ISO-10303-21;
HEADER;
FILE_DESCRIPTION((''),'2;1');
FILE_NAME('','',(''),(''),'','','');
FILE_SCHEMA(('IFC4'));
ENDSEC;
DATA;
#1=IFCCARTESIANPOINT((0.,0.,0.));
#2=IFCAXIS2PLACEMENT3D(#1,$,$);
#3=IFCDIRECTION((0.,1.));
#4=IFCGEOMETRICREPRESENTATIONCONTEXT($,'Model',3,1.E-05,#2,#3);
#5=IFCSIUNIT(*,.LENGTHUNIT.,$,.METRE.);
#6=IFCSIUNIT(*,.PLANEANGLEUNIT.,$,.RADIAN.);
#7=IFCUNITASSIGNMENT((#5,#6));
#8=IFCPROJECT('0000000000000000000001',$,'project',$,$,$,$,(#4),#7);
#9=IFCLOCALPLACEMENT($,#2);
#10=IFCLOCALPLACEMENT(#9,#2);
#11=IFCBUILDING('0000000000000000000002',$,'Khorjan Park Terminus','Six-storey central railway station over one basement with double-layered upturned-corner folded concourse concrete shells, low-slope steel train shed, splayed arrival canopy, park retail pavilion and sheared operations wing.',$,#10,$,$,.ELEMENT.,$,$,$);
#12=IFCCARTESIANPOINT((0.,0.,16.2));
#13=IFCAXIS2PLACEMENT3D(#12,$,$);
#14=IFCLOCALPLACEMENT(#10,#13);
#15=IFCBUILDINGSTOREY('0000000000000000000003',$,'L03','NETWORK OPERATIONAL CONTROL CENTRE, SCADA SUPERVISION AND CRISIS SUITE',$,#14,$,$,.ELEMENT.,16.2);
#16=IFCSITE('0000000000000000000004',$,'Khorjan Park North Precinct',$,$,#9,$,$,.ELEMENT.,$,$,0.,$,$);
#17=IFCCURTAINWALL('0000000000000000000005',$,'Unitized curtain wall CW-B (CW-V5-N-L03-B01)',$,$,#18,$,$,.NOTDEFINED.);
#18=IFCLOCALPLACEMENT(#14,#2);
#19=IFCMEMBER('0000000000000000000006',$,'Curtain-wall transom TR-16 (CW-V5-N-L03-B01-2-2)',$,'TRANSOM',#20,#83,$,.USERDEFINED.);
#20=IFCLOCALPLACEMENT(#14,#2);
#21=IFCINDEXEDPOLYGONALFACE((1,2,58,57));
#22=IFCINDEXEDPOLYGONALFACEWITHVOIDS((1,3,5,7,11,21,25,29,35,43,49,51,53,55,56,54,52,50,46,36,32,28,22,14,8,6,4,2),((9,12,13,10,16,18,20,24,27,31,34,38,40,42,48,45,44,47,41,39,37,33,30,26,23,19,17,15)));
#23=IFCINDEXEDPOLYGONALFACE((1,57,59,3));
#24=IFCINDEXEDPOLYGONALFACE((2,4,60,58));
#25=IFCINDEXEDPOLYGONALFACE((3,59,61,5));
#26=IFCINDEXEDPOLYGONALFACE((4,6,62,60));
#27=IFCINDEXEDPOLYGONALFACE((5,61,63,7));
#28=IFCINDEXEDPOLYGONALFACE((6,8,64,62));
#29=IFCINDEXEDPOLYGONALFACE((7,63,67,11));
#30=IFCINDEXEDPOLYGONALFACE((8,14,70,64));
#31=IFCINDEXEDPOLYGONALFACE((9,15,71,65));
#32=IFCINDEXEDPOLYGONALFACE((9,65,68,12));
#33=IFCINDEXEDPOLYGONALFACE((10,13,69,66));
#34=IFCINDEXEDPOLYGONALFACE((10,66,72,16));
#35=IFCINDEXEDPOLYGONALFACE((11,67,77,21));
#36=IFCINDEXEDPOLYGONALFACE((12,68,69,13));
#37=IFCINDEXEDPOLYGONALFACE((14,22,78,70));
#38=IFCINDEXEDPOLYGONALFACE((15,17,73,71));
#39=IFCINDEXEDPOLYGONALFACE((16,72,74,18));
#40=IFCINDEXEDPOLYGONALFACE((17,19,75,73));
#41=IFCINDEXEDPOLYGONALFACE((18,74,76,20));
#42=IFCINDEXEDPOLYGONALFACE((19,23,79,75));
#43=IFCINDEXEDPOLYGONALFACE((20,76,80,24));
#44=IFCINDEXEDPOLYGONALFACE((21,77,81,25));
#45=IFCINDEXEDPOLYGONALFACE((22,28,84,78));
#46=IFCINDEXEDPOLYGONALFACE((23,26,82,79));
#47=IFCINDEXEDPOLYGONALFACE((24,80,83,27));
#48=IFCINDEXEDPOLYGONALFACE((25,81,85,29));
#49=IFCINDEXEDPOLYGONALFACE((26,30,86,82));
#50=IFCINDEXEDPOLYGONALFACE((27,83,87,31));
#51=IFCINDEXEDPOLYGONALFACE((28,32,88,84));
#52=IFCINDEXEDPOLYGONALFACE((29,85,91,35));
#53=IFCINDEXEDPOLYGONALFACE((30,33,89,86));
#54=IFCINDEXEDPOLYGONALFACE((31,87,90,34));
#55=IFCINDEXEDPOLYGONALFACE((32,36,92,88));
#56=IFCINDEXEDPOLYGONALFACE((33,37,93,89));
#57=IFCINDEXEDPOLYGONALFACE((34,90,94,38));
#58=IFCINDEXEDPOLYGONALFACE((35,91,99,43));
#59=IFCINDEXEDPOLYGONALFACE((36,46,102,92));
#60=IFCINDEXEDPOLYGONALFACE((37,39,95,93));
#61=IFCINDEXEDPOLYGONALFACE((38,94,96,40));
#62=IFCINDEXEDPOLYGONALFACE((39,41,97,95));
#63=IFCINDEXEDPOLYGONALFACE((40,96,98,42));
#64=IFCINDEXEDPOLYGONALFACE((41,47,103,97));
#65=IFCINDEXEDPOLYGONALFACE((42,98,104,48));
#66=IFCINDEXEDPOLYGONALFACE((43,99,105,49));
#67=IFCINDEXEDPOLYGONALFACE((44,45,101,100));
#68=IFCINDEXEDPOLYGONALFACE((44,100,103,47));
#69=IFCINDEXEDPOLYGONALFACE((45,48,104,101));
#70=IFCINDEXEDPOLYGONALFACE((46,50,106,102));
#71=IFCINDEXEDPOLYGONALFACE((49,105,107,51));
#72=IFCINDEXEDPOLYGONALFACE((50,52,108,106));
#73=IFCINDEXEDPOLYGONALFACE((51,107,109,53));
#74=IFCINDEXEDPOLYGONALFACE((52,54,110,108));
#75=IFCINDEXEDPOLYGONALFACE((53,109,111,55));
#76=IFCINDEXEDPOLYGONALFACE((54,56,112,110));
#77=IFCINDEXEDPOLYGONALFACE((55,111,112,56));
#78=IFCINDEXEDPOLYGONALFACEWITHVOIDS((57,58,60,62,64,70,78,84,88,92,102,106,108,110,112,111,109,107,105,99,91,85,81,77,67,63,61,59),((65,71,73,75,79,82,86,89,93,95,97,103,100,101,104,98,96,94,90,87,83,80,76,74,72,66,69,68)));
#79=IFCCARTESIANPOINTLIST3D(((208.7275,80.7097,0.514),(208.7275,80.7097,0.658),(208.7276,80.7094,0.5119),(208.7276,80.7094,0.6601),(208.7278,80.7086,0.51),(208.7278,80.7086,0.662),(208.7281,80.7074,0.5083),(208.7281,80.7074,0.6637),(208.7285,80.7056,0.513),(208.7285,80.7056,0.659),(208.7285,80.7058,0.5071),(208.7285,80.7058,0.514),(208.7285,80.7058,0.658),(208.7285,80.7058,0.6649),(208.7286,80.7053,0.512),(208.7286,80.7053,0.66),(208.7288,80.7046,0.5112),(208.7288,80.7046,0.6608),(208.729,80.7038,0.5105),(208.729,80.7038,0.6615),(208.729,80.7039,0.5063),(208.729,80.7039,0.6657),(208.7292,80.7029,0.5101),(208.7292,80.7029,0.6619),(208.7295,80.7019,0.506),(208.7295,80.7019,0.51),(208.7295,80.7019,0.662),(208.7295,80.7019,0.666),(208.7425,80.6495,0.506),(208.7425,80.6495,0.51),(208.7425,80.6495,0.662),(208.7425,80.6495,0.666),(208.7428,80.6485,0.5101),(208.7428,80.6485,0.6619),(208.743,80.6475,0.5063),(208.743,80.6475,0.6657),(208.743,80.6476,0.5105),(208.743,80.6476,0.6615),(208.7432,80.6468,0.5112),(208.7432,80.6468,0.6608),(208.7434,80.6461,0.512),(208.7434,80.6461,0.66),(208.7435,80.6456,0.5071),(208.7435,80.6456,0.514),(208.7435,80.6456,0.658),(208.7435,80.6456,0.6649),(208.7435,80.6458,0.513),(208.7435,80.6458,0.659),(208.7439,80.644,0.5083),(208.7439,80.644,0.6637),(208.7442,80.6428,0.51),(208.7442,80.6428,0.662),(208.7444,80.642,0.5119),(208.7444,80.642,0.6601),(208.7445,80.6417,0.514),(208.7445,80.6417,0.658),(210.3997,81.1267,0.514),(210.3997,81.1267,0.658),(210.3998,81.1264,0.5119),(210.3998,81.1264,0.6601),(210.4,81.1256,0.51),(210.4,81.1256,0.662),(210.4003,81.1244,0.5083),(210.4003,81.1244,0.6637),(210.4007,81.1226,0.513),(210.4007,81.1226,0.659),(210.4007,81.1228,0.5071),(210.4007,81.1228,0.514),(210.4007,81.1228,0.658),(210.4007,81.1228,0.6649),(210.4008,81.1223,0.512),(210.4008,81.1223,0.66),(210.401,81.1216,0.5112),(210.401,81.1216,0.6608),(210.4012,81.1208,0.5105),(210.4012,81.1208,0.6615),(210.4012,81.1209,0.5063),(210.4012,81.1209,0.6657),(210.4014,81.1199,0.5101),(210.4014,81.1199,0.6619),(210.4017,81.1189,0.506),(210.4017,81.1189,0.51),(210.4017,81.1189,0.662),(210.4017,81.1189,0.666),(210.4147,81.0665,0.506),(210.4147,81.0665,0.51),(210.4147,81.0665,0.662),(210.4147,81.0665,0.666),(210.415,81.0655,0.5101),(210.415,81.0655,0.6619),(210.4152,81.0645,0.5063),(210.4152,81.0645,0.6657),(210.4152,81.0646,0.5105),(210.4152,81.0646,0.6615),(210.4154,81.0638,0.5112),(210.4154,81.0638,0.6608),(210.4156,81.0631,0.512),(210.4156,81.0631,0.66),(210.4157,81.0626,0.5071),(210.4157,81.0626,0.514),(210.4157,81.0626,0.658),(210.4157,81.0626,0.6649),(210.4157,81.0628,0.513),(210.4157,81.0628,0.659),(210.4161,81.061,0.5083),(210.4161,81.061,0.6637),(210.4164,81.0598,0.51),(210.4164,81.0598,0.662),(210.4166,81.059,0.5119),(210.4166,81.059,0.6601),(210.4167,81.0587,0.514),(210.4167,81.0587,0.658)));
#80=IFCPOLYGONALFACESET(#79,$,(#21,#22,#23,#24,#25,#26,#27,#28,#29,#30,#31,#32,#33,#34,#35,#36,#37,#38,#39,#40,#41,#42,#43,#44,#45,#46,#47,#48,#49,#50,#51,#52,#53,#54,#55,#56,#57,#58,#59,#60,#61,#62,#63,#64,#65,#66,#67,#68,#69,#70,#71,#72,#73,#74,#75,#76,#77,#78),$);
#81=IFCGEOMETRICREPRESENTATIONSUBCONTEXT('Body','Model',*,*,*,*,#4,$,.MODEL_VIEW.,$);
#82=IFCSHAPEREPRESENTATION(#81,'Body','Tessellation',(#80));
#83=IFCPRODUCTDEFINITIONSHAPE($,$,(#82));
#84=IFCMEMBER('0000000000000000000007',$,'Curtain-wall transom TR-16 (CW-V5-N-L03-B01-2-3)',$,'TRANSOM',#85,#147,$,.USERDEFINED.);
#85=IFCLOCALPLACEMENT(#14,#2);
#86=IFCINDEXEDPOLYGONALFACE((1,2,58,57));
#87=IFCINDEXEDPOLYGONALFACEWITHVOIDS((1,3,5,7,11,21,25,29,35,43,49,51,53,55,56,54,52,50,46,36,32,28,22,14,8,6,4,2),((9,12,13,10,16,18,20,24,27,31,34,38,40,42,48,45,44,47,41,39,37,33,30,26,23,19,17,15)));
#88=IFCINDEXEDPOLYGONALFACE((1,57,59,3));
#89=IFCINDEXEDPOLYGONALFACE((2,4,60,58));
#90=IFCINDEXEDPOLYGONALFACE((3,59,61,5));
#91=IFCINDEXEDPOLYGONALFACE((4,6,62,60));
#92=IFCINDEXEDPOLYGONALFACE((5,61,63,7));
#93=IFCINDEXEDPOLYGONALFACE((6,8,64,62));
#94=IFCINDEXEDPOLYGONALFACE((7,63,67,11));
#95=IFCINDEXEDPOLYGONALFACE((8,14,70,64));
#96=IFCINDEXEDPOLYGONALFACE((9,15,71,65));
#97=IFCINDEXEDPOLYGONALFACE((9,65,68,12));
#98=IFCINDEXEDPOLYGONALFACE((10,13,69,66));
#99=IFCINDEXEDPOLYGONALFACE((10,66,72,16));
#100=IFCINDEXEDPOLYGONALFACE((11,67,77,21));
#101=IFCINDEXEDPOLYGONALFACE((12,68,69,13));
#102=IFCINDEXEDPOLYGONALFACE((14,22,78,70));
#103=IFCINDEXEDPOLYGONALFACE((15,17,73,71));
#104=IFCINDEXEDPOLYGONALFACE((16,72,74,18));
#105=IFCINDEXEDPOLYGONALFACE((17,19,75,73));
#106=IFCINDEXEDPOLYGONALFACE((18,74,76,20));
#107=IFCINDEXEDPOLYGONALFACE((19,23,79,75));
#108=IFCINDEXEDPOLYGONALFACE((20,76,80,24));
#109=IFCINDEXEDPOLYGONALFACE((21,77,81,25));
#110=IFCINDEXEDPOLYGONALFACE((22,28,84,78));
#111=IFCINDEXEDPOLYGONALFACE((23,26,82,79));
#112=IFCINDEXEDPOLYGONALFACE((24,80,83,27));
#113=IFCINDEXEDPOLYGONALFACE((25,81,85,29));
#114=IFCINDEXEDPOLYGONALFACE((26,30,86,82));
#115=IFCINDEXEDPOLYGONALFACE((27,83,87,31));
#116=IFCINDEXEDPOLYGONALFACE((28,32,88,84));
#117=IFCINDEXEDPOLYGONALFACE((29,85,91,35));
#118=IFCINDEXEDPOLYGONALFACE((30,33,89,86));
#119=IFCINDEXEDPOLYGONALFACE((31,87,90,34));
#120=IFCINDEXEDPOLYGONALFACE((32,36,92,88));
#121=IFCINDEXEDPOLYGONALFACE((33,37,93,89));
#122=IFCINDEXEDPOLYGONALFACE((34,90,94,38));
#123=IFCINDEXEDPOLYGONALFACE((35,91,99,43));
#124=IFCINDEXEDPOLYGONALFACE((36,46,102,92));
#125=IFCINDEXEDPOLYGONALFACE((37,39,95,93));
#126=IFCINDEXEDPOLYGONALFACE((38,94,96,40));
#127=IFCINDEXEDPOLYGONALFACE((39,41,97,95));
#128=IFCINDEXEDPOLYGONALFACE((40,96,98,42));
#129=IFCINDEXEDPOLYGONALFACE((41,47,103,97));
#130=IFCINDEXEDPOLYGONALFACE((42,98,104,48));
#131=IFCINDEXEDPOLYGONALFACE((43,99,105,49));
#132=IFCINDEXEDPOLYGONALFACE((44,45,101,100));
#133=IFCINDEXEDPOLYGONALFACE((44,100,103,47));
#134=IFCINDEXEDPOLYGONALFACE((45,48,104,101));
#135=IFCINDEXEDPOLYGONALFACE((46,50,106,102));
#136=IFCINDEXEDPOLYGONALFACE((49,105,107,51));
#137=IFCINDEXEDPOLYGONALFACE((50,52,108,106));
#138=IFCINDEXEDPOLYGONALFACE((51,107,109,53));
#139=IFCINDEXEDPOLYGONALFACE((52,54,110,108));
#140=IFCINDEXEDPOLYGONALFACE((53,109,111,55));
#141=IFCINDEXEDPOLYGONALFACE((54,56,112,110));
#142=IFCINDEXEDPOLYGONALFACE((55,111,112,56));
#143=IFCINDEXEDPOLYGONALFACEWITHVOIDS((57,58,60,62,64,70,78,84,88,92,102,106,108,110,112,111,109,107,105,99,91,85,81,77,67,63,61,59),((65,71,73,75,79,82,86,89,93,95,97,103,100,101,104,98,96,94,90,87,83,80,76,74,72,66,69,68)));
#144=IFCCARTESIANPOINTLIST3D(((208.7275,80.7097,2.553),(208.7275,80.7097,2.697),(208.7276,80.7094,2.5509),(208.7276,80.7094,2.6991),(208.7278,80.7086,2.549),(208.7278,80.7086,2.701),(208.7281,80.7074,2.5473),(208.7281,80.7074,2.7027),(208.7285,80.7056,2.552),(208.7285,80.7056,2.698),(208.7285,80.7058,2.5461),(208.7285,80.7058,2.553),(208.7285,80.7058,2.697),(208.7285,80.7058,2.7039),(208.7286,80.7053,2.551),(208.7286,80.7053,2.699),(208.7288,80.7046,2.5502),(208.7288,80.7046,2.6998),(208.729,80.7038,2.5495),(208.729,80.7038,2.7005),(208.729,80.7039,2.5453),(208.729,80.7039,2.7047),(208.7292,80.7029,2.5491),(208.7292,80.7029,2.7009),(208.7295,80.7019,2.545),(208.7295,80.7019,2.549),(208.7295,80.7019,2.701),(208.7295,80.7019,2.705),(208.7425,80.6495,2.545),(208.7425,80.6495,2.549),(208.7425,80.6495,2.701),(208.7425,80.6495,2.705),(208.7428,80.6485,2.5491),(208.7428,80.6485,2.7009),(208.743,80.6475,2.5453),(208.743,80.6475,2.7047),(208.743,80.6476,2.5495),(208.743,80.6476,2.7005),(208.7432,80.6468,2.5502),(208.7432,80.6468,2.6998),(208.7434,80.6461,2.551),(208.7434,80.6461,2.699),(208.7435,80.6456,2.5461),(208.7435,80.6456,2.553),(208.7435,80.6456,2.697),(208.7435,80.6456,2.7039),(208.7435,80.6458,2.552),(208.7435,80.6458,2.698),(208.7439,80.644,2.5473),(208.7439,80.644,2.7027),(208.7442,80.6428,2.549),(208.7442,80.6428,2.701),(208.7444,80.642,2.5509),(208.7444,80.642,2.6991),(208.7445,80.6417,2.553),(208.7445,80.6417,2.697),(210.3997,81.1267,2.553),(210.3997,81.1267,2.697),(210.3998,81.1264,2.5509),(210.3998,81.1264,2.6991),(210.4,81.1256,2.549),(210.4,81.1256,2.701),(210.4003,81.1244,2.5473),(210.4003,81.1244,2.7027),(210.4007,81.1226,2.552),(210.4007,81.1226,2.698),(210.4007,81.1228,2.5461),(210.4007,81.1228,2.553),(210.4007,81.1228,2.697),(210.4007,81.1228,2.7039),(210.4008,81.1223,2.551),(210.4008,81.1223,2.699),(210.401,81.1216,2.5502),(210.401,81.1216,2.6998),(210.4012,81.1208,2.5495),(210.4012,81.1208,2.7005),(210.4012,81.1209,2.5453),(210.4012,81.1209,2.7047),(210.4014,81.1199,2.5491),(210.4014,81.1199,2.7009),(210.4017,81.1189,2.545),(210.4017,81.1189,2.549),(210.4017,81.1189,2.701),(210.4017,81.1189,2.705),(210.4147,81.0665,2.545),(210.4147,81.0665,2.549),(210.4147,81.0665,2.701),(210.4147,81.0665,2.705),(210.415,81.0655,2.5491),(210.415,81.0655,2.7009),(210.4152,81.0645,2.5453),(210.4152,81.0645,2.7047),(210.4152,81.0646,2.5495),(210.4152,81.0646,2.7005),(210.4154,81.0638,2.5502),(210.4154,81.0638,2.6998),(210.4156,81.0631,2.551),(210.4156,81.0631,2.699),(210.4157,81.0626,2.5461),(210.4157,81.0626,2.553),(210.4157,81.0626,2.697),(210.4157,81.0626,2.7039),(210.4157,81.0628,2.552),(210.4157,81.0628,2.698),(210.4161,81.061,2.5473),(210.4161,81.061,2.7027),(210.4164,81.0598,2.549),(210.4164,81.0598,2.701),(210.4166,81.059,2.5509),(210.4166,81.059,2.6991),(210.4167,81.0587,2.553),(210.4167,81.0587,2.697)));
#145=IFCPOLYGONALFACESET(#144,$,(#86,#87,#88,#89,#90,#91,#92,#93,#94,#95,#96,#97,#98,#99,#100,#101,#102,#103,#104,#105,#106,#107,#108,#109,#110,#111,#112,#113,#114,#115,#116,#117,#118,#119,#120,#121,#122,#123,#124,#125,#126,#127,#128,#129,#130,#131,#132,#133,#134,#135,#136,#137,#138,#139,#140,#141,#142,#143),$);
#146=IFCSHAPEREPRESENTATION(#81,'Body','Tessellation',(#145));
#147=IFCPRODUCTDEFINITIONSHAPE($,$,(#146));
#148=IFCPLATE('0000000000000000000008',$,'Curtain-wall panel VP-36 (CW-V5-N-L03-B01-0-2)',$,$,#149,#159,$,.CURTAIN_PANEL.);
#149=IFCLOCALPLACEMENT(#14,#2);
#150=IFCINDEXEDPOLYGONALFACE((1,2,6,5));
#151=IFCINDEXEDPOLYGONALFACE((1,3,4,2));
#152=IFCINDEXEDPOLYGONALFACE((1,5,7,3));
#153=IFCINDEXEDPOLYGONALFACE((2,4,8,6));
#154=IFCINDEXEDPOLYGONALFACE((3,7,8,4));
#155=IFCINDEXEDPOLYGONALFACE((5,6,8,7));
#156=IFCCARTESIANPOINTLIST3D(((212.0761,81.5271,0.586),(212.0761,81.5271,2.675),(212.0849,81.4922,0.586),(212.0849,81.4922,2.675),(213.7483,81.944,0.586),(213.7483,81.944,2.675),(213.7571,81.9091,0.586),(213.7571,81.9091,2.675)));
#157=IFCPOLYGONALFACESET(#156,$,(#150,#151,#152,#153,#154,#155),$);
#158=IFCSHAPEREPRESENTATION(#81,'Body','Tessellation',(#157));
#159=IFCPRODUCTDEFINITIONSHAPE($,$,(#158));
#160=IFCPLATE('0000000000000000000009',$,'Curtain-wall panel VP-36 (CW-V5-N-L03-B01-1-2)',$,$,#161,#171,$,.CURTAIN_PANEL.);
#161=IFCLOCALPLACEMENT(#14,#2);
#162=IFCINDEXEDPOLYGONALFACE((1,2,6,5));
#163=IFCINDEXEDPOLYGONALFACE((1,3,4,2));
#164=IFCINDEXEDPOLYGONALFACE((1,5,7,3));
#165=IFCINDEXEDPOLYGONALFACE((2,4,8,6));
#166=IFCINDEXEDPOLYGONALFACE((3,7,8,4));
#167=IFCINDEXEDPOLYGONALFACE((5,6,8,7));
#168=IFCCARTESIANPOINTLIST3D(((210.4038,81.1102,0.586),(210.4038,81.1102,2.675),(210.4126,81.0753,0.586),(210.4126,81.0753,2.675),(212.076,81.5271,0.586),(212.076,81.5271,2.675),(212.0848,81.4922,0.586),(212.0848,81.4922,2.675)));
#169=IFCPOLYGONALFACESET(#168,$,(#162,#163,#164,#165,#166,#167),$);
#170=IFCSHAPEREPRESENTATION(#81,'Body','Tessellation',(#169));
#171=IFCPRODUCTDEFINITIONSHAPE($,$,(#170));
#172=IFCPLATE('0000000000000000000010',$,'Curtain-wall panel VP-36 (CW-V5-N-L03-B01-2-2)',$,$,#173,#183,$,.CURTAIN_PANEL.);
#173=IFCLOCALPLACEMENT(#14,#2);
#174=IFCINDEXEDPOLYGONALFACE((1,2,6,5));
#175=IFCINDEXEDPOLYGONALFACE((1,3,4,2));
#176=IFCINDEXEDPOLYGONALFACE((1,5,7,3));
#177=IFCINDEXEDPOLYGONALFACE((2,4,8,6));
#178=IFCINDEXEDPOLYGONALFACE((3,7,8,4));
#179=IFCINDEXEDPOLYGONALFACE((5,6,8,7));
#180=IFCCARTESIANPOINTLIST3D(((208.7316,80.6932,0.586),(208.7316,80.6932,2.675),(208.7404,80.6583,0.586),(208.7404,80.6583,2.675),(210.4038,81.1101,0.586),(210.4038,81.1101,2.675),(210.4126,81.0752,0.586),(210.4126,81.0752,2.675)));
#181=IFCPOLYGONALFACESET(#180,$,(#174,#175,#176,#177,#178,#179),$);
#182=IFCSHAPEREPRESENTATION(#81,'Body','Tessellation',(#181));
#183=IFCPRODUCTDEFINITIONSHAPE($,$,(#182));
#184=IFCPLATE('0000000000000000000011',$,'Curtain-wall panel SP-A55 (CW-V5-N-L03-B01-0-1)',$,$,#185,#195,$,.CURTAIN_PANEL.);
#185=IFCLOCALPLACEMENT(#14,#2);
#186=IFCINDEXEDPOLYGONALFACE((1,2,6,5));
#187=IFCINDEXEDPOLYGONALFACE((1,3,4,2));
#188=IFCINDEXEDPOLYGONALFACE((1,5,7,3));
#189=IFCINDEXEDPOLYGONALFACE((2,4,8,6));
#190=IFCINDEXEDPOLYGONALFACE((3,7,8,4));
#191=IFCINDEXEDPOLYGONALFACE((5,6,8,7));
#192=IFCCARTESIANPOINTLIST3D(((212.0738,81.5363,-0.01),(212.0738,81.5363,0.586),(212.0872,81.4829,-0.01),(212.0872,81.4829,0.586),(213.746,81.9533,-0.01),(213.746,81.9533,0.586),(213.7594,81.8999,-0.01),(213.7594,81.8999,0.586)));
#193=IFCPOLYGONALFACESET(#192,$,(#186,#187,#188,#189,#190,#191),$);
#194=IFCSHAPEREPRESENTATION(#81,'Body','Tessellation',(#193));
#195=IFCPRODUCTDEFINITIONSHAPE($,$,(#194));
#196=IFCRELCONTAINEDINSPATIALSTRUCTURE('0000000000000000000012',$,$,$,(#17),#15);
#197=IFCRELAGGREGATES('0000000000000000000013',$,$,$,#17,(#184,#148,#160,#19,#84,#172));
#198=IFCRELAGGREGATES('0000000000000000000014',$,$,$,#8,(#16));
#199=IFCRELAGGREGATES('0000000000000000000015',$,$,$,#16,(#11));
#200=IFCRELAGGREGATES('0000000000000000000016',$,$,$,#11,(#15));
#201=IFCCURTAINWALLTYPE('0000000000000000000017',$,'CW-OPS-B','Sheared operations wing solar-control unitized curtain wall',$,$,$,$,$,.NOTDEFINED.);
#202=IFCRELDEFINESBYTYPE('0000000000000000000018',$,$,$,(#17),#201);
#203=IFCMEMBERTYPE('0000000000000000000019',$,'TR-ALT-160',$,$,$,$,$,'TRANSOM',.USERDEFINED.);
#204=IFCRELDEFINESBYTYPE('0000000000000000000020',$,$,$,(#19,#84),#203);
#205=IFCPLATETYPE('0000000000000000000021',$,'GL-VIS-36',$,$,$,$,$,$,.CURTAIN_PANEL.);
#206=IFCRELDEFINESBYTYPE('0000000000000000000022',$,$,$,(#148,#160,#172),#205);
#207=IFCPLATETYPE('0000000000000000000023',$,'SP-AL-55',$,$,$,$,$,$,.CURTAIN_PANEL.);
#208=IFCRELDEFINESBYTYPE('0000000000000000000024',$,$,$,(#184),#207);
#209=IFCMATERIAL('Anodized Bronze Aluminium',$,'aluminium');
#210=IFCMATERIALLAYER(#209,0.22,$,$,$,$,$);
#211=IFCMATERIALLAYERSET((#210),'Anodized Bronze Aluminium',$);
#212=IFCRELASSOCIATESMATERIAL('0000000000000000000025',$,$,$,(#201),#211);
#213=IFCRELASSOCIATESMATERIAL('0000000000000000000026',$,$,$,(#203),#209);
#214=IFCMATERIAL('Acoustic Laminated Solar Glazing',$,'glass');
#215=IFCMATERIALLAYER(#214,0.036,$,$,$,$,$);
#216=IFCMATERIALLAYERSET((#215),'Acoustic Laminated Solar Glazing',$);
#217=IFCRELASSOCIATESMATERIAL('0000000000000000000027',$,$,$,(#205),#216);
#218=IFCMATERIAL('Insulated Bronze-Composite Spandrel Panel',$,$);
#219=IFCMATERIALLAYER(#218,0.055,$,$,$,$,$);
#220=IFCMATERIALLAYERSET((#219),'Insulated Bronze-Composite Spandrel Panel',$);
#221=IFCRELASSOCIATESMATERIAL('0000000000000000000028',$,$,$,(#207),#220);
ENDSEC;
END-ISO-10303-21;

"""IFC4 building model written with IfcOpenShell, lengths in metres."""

from ifc_helpers import new_model, si_unit, direction, frame, origin, origin_2d, place, context, subcontext, project, spatial, rectangle, hollow_rectangle, extrude, material, layer, layer_set, material_profile, profile_set, type_object, element, aggregate, save


model = new_model("IFC4")

# Units and contexts
model_context = context("Model", 3, precision=1e-05, world=origin(), true_north=direction((0.0, 1.0)))
body_context = subcontext(model_context, "Body", "Model", "MODEL_VIEW")
ifc_project = project(units=[si_unit("LENGTHUNIT", "METRE"), si_unit("PLANEANGLEUNIT", "RADIAN")], contexts=[model_context])

# Site, building, storey
site_placement = place(None, origin())
site = spatial("IfcSite", under=ifc_project, at=site_placement, Name="Khorjan Park North Precinct", CompositionType="ELEMENT", RefElevation=0.0)
building_placement = place(site_placement, origin())
building = spatial("IfcBuilding", under=site, at=building_placement, Name="Khorjan Park Terminus", Description="Six-storey central railway station over one basement with double-layered upturned-corner folded concourse concrete shells, low-slope steel train shed, splayed arrival canopy, park retail pavilion and sheared operations wing.", CompositionType="ELEMENT")
storey_placement = place(building_placement, frame((0.0, 0.0, 16.2)))
storey = spatial("IfcBuildingStorey", under=building, at=storey_placement, Name="L03", Description="NETWORK OPERATIONAL CONTROL CENTRE, SCADA SUPERVISION AND CRISIS SUITE", CompositionType="ELEMENT", Elevation=16.2)

# Curtain wall, members, plates
ifc_material_1 = material(Name="Anodized Bronze Aluminium", Category="aluminium")
ifc_layer_1 = layer(ifc_material_1, 0.22)
ifc_layer_set_1 = layer_set([ifc_layer_1], Name="Anodized Bronze Aluminium")
curtain_wall_type = type_object("IfcCurtainWallType", Name="CW-OPS-B", Description="Sheared operations wing solar-control unitized curtain wall", PredefinedType="NOTDEFINED", material=ifc_layer_set_1)
curtain_wall_placement = place(storey_placement, origin())
curtain_wall = element("IfcCurtainWall", 1, at=curtain_wall_placement, inside=storey, type_object=curtain_wall_type, Name="Unitized curtain wall CW-B (CW-V5-N-L03-B01)", PredefinedType="NOTDEFINED")
ifc_material_profile_1 = material_profile(ifc_material_1, hollow_rectangle(XDim=0.07, YDim=0.16, WallThickness=0.004, InnerFilletRadius=0.004, OuterFilletRadius=0.008, at=origin_2d()), Name="ALT 70x160x4")
ifc_profile_set_1 = profile_set([ifc_material_profile_1], Name="Anodized Bronze Aluminium")
member_type_1 = type_object("IfcMemberType", Name="TR-ALT-160", ElementType="TRANSOM", PredefinedType="USERDEFINED", material=ifc_profile_set_1)
member_1_placement = place(storey_placement, frame((210.4082, 81.0927, 0.586), z_axis=(-0.970286, -0.241962, 0.0), x_axis=(0.241962, -0.970286, 0.0)))
member_1 = element("IfcMember", 2, at=member_1_placement, type_object=member_type_1, Name="Curtain-wall transom TR-16 (CW-V5-N-L03-B01-2-2)", ObjectType="TRANSOM", PredefinedType="USERDEFINED", context=body_context, shape_type="SweptSolid", body=[
    extrude(hollow_rectangle(XDim=0.07, YDim=0.16, WallThickness=0.004, InnerFilletRadius=0.004, OuterFilletRadius=0.008, at=origin_2d()), origin(), (0.0, 0.0, 1.0), 1.7234),
])
member_2_placement = place(storey_placement, frame((210.4082, 81.0927, 2.625), z_axis=(-0.970286, -0.241962, 0.0), x_axis=(0.241962, -0.970286, 0.0)))
member_2 = element("IfcMember", 3, at=member_2_placement, type_object=member_type_1, Name="Curtain-wall transom TR-16 (CW-V5-N-L03-B01-2-3)", ObjectType="TRANSOM", PredefinedType="USERDEFINED", context=body_context, shape_type="SweptSolid", body=[
    extrude(hollow_rectangle(XDim=0.07, YDim=0.16, WallThickness=0.004, InnerFilletRadius=0.004, OuterFilletRadius=0.008, at=origin_2d()), origin(), (0.0, 0.0, 1.0), 1.7234),
])
ifc_material_2 = material(Name="Acoustic Laminated Solar Glazing", Category="glass")
ifc_layer_2 = layer(ifc_material_2, 0.036)
ifc_layer_set_2 = layer_set([ifc_layer_2], Name="Acoustic Laminated Solar Glazing")
plate_type_1 = type_object("IfcPlateType", Name="GL-VIS-36", PredefinedType="CURTAIN_PANEL", material=ifc_layer_set_2)
plate_1_placement = place(storey_placement, frame((212.9166, 81.7181, 0.586), z_axis=(0.0, 0.0, 1.0), x_axis=(-0.970294, -0.241928, 0.0)))
plate_1 = element("IfcPlate", 4, at=plate_1_placement, type_object=plate_type_1, Name="Curtain-wall panel VP-36 (CW-V5-N-L03-B01-0-2)", PredefinedType="CURTAIN_PANEL", context=body_context, shape_type="SweptSolid", body=[
    extrude(rectangle(XDim=1.7234, YDim=0.036, at=origin_2d()), origin(), (0.0, 0.0, 1.0), 2.089),
])
plate_2_placement = place(storey_placement, frame((211.2443, 81.3012, 0.586), z_axis=(0.0, 0.0, 1.0), x_axis=(-0.970294, -0.241928, 0.0)))
plate_2 = element("IfcPlate", 5, at=plate_2_placement, type_object=plate_type_1, Name="Curtain-wall panel VP-36 (CW-V5-N-L03-B01-1-2)", PredefinedType="CURTAIN_PANEL", context=body_context, shape_type="SweptSolid", body=[
    extrude(rectangle(XDim=1.7234, YDim=0.036, at=origin_2d()), origin(), (0.0, 0.0, 1.0), 2.089),
])
plate_3_placement = place(storey_placement, frame((209.5721, 80.8842, 0.586), z_axis=(0.0, 0.0, 1.0), x_axis=(-0.970294, -0.241928, 0.0)))
plate_3 = element("IfcPlate", 6, at=plate_3_placement, type_object=plate_type_1, Name="Curtain-wall panel VP-36 (CW-V5-N-L03-B01-2-2)", PredefinedType="CURTAIN_PANEL", context=body_context, shape_type="SweptSolid", body=[
    extrude(rectangle(XDim=1.7234, YDim=0.036, at=origin_2d()), origin(), (0.0, 0.0, 1.0), 2.089),
])
ifc_material_3 = material(Name="Insulated Bronze-Composite Spandrel Panel")
ifc_layer_3 = layer(ifc_material_3, 0.055)
ifc_layer_set_3 = layer_set([ifc_layer_3], Name="Insulated Bronze-Composite Spandrel Panel")
plate_type_2 = type_object("IfcPlateType", Name="SP-AL-55", PredefinedType="CURTAIN_PANEL", material=ifc_layer_set_3)
plate_4_placement = place(storey_placement, frame((212.9166, 81.7181, -0.01), z_axis=(0.0, 0.0, 1.0), x_axis=(-0.970294, -0.241928, 0.0)))
plate_4 = element("IfcPlate", 7, at=plate_4_placement, type_object=plate_type_2, Name="Curtain-wall panel SP-A55 (CW-V5-N-L03-B01-0-1)", PredefinedType="CURTAIN_PANEL", context=body_context, shape_type="SweptSolid", body=[
    extrude(rectangle(XDim=1.7234, YDim=0.055, at=origin_2d()), origin(), (0.0, 0.0, 1.0), 0.596),
])
aggregate(curtain_wall, [plate_4, plate_1, plate_2, member_1, member_2, plate_3])

save(model, "model.ifc")
